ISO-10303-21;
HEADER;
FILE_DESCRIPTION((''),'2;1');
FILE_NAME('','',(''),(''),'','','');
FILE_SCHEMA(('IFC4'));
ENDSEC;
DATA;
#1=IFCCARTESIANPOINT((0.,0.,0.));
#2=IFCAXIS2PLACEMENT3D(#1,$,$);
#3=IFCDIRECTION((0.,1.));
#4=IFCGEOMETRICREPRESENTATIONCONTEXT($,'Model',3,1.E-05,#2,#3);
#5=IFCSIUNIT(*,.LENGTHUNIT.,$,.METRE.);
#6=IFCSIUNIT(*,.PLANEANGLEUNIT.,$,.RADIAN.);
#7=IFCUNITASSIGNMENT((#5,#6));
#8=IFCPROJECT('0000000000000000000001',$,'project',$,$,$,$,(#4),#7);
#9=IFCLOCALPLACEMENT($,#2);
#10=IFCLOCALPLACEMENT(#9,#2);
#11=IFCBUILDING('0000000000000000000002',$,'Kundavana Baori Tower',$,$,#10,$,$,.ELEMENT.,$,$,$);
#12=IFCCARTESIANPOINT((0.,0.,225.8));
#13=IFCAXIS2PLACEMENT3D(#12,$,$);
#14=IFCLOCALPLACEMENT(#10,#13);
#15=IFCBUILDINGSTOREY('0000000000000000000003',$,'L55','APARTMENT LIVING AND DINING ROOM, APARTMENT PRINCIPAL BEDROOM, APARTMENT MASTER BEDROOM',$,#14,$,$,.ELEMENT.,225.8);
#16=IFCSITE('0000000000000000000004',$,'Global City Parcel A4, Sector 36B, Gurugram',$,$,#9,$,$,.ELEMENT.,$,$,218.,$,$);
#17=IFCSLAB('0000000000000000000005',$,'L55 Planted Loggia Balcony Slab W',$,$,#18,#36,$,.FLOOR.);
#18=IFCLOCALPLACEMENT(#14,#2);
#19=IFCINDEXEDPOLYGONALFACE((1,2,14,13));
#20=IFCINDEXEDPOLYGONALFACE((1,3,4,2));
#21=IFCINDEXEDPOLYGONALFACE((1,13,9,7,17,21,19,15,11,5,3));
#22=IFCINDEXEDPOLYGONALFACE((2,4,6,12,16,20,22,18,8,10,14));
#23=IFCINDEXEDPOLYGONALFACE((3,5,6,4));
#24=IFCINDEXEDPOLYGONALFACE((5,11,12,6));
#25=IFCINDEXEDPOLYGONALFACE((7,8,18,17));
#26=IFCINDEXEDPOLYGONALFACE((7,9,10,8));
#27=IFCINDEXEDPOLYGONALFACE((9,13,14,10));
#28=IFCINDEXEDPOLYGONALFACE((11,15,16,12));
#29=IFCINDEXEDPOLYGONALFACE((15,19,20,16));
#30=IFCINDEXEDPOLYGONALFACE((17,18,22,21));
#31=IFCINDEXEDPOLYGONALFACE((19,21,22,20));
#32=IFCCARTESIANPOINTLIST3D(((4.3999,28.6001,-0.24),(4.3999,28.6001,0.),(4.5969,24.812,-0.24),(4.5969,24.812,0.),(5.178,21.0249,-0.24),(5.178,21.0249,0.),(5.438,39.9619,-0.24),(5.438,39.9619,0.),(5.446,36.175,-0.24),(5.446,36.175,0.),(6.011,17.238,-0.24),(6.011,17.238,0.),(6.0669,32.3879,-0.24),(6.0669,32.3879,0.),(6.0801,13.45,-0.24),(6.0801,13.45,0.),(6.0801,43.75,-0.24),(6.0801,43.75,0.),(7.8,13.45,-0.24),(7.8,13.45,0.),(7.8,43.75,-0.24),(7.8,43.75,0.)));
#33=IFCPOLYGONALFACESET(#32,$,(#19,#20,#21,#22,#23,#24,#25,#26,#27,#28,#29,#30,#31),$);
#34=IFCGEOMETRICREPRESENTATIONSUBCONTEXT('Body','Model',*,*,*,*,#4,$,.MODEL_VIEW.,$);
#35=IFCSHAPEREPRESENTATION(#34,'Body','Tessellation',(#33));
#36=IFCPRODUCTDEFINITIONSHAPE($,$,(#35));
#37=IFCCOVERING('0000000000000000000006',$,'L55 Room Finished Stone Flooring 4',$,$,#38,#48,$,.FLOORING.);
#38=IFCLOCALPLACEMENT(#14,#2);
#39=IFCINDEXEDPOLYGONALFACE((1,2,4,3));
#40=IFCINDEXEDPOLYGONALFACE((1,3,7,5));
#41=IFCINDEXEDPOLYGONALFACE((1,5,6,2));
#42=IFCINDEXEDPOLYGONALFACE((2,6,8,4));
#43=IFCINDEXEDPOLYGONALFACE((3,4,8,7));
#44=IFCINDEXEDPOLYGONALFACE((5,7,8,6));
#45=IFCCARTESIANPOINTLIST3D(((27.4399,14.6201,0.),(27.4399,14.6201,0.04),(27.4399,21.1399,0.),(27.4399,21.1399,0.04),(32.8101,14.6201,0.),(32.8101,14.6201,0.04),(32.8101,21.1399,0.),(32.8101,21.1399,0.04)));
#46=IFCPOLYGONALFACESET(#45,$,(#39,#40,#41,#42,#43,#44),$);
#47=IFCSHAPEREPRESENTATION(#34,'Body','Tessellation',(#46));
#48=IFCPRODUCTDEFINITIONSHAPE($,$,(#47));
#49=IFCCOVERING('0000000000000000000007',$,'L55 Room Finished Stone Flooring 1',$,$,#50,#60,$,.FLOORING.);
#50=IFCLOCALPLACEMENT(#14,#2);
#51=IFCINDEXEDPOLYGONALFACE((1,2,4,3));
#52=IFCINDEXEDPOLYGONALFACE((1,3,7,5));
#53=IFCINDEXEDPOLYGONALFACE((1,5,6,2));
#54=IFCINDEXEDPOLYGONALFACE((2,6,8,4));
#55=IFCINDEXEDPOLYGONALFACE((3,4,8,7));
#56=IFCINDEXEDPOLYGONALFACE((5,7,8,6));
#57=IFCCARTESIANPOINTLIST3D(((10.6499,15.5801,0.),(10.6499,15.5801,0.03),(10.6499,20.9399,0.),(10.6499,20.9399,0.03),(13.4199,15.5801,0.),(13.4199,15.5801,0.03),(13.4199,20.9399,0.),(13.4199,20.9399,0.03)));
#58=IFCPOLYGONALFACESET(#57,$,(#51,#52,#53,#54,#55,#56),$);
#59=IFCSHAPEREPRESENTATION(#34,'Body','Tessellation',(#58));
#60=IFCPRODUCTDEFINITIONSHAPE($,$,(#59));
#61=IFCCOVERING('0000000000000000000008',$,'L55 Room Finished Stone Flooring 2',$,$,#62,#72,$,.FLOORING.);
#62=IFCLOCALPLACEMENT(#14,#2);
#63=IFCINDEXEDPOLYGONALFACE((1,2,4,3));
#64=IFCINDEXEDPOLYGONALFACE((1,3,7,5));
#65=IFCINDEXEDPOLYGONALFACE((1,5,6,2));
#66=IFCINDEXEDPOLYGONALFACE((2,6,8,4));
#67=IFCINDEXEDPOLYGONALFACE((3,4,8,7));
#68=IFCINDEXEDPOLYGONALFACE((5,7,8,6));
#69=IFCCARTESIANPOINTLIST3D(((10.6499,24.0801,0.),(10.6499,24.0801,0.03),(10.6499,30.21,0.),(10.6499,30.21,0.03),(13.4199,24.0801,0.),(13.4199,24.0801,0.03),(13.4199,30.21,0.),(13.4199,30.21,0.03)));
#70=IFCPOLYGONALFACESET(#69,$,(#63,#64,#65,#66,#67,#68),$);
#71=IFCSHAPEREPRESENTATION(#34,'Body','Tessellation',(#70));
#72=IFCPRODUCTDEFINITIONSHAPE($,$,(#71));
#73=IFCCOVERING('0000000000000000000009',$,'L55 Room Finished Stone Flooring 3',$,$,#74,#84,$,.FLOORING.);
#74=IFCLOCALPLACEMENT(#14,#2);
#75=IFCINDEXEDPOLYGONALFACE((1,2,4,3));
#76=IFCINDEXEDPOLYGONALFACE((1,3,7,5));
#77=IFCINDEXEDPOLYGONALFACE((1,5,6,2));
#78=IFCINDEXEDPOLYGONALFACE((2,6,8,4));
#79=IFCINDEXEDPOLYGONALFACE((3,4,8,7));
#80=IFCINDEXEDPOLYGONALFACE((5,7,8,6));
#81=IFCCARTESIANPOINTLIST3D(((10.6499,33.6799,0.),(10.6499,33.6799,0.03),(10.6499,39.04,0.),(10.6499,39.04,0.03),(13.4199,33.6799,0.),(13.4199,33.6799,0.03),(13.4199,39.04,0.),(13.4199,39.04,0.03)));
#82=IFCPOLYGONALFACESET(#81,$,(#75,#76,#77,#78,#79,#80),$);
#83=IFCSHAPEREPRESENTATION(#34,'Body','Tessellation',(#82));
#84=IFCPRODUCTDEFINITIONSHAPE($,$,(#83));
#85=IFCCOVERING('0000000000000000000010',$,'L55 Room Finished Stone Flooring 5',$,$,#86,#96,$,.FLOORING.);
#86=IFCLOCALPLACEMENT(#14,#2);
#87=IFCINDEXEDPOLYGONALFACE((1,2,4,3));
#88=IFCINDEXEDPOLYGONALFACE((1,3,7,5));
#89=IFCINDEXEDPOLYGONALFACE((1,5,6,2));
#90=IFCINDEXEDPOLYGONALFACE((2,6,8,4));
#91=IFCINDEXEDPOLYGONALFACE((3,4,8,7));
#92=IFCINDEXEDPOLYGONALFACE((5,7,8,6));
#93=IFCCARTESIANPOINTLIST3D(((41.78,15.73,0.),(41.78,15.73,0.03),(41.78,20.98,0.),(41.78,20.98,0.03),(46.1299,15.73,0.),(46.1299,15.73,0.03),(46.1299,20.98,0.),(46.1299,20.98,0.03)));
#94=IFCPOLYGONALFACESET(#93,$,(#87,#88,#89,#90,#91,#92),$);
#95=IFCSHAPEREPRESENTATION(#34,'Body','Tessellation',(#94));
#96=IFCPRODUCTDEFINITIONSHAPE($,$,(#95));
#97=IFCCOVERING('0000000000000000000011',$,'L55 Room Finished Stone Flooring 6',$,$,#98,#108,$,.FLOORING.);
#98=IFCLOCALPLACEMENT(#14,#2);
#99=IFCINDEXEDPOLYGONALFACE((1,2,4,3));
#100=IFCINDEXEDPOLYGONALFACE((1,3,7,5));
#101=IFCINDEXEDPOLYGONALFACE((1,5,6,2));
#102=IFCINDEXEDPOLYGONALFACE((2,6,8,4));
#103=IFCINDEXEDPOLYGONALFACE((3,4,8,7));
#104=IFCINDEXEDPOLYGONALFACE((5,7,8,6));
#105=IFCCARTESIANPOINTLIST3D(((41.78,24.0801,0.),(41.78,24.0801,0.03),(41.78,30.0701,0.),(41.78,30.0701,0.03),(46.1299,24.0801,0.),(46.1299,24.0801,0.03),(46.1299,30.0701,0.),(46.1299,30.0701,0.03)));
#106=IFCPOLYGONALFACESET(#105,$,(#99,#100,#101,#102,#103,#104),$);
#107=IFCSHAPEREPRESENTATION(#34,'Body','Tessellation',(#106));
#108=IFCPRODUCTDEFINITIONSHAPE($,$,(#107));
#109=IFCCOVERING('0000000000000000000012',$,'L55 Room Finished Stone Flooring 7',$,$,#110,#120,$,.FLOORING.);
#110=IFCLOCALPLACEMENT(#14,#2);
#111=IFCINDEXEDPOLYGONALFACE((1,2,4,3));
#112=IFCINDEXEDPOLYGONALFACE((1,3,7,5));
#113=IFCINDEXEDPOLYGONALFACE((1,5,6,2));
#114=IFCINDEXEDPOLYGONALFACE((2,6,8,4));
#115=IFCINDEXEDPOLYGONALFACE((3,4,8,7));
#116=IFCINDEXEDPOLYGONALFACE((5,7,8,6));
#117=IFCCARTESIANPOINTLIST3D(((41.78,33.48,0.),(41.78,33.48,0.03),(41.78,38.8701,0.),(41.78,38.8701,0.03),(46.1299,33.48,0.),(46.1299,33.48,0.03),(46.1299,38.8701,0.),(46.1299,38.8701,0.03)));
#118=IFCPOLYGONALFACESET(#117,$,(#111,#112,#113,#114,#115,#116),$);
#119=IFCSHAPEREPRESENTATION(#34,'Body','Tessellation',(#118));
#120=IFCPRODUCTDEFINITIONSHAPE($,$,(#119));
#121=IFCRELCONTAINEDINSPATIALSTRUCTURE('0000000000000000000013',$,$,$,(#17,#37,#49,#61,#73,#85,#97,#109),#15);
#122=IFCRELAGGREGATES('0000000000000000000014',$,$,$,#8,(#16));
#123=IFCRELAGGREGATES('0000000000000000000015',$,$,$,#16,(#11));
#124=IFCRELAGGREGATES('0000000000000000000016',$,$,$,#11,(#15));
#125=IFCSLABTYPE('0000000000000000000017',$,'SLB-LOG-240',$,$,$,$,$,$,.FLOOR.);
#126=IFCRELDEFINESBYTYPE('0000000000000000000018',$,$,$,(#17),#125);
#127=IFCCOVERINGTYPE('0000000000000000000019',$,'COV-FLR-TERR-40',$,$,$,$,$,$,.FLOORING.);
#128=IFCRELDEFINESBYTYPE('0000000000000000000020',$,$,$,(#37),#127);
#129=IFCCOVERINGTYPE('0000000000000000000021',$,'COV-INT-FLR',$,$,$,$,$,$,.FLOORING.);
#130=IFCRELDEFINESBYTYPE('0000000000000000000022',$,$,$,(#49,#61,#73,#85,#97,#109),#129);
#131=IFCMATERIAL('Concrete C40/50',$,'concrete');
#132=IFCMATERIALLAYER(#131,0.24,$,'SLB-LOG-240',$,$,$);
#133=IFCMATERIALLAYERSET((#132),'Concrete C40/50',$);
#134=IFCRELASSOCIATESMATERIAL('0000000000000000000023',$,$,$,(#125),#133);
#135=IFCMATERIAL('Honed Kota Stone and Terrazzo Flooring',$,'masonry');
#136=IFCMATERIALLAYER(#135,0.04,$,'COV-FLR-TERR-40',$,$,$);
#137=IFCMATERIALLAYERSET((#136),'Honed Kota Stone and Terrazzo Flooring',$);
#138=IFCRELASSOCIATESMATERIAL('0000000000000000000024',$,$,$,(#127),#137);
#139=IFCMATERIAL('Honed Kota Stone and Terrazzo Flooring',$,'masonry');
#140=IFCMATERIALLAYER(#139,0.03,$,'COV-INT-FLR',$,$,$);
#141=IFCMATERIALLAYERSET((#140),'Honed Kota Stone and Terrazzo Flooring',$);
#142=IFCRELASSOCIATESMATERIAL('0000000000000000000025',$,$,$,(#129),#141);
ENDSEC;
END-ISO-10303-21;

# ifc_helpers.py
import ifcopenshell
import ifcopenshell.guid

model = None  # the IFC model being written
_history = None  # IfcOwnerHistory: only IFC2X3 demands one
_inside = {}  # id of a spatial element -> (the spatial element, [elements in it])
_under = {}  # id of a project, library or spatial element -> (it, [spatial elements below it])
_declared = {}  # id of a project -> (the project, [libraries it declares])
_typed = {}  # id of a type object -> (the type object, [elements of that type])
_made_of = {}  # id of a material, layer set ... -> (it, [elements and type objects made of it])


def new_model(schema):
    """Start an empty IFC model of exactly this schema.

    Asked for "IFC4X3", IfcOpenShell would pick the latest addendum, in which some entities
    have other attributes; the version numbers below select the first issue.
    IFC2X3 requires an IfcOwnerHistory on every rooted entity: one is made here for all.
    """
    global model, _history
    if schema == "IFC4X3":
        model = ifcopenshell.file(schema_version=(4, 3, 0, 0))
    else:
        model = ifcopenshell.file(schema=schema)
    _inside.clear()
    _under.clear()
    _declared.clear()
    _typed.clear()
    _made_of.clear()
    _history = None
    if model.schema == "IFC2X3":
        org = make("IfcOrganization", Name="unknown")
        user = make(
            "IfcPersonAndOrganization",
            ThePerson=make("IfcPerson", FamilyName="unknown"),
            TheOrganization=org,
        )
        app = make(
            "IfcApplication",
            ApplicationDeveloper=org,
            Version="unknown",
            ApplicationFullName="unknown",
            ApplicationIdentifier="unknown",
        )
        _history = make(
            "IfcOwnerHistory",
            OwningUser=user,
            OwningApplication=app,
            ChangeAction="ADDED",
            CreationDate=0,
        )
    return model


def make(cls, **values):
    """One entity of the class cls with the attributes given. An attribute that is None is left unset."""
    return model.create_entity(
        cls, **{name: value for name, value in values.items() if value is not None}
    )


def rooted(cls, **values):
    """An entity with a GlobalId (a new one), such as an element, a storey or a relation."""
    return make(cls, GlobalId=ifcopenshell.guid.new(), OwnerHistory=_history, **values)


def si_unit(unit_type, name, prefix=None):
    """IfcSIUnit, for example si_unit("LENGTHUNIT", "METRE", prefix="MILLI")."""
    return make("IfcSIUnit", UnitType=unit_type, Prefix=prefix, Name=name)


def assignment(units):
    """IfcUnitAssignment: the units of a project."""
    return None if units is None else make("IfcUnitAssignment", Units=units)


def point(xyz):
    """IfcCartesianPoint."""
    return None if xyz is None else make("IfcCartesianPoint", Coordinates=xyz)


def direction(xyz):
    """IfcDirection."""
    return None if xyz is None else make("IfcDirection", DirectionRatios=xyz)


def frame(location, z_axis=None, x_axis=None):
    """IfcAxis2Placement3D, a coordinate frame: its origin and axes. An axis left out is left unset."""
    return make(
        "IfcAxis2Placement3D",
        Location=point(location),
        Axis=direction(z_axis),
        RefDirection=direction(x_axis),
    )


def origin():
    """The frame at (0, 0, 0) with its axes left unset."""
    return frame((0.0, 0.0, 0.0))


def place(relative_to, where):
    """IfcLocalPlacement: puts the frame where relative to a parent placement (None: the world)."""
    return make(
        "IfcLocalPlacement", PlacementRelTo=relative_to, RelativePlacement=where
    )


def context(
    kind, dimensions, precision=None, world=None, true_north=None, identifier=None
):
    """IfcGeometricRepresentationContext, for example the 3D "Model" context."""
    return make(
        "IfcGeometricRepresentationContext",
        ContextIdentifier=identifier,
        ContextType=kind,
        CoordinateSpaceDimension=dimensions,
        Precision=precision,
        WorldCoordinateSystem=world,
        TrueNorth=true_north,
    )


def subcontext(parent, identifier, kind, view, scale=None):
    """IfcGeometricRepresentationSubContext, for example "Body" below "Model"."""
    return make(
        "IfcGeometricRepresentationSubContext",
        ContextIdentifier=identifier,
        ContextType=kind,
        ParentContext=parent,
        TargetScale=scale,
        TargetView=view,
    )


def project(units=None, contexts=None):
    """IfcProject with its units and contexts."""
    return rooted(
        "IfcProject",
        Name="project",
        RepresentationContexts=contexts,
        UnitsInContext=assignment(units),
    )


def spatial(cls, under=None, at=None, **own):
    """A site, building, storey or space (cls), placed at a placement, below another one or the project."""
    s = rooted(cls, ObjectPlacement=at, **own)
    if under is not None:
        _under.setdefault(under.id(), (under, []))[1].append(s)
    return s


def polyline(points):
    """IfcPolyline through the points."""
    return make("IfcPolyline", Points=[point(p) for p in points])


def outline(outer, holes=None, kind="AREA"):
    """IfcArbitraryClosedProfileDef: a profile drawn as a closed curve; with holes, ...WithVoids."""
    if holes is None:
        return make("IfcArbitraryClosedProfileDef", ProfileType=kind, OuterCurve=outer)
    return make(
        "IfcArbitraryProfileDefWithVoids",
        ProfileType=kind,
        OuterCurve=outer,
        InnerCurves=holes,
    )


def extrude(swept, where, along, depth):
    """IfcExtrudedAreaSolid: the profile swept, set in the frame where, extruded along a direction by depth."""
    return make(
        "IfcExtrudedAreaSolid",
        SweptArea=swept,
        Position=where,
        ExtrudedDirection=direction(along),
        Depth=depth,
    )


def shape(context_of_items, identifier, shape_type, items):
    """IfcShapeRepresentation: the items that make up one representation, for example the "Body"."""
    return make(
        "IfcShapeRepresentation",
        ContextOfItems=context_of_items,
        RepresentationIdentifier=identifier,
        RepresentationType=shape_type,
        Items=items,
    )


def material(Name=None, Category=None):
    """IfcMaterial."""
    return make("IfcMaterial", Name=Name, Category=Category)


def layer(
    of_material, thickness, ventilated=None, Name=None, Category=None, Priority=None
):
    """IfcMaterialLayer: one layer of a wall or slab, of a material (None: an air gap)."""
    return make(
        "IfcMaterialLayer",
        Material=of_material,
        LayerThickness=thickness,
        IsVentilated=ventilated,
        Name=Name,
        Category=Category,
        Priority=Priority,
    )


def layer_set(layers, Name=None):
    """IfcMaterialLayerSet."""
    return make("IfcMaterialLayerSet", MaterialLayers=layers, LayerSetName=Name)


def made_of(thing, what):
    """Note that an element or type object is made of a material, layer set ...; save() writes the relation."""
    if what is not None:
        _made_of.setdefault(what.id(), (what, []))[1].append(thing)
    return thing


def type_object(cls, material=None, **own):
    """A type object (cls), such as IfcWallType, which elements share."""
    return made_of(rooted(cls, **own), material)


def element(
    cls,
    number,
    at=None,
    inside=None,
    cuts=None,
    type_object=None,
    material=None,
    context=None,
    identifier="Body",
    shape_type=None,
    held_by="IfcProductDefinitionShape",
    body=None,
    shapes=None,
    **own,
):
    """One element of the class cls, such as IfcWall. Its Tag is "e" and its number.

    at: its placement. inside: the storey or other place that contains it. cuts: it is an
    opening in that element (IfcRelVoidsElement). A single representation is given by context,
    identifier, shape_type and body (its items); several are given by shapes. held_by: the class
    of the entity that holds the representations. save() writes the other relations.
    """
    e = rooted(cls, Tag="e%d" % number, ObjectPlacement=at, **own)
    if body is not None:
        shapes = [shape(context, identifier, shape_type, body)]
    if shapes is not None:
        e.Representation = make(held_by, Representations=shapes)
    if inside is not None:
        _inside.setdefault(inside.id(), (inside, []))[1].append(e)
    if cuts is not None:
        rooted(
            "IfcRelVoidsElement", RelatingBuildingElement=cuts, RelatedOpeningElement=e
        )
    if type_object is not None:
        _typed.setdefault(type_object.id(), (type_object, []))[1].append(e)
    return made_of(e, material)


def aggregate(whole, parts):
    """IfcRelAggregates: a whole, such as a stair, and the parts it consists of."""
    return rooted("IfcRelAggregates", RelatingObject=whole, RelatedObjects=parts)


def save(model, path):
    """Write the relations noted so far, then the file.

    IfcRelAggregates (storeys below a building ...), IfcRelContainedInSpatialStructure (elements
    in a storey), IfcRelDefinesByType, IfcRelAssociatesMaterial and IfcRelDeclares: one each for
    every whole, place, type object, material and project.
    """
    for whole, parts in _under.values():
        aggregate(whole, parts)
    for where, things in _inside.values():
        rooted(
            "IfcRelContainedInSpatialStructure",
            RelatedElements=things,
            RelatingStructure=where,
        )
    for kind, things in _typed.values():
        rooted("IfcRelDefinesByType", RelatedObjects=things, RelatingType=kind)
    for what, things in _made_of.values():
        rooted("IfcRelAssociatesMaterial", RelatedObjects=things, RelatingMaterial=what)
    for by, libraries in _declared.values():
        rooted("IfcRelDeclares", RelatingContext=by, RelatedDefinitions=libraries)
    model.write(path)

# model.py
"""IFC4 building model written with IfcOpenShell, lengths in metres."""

from ifc_helpers import new_model, si_unit, direction, frame, origin, place, context, subcontext, project, spatial, polyline, outline, extrude, material, layer, layer_set, type_object, element, save


model = new_model("IFC4")

# Units and contexts
model_context = context("Model", 3, precision=1e-05, world=origin(), true_north=direction((0.0, 1.0)))
body_context = subcontext(model_context, "Body", "Model", "MODEL_VIEW")
ifc_project = project(units=[si_unit("LENGTHUNIT", "METRE"), si_unit("PLANEANGLEUNIT", "RADIAN")], contexts=[model_context])

# Site, building, storey
site_placement = place(None, origin())
site = spatial("IfcSite", under=ifc_project, at=site_placement, Name="Global City Parcel A4, Sector 36B, Gurugram", CompositionType="ELEMENT", RefElevation=218.0)
building_placement = place(site_placement, origin())
building = spatial("IfcBuilding", under=site, at=building_placement, Name="Kundavana Baori Tower", CompositionType="ELEMENT")
storey_placement = place(building_placement, frame((0.0, 0.0, 225.8)))
storey = spatial("IfcBuildingStorey", under=building, at=storey_placement, Name="L55", Description="APARTMENT LIVING AND DINING ROOM, APARTMENT PRINCIPAL BEDROOM, APARTMENT MASTER BEDROOM", CompositionType="ELEMENT", Elevation=225.8)

# Slab
ifc_material_1 = material(Name="Concrete C40/50", Category="concrete")
ifc_layer_1 = layer(ifc_material_1, 0.24, Name="SLB-LOG-240")
ifc_layer_set_1 = layer_set([ifc_layer_1], Name="Concrete C40/50")
slab_type_1 = type_object("IfcSlabType", Name="SLB-LOG-240", PredefinedType="FLOOR", material=ifc_layer_set_1)
slab_1_placement = place(storey_placement, frame((0.0, 0.0, -0.24)))
element("IfcSlab", 1, at=slab_1_placement, inside=storey, type_object=slab_type_1, Name="L55 Planted Loggia Balcony Slab W", PredefinedType="FLOOR", context=body_context, shape_type="SweptSolid", body=[
    extrude(outline(polyline([(7.8, 43.75), (7.8, 13.45), (6.0801, 13.45), (6.011, 17.238), (5.178, 21.0249), (4.5969, 24.812), (4.3999, 28.6001), (6.0669, 32.3879), (5.446, 36.175), (5.438, 39.9619), (6.0801, 43.75), (7.8, 43.75)])), origin(), (0.0, 0.0, 1.0), 0.24),
])

# Coverings
ifc_material_2 = material(Name="Honed Kota Stone and Terrazzo Flooring", Category="masonry")
ifc_layer_2 = layer(ifc_material_2, 0.04, Name="COV-FLR-TERR-40")
ifc_layer_set_2 = layer_set([ifc_layer_2], Name="Honed Kota Stone and Terrazzo Flooring")
covering_type_1 = type_object("IfcCoveringType", Name="COV-FLR-TERR-40", PredefinedType="FLOORING", material=ifc_layer_set_2)
covering_1_placement = place(storey_placement, origin())
element("IfcCovering", 2, at=covering_1_placement, inside=storey, type_object=covering_type_1, Name="L55 Room Finished Stone Flooring 4", PredefinedType="FLOORING", context=body_context, shape_type="SweptSolid", body=[
    extrude(outline(polyline([(27.4399, 14.6201), (32.8101, 14.6201), (32.8101, 21.1399), (27.4399, 21.1399), (27.4399, 14.6201)])), origin(), (0.0, 0.0, 1.0), 0.04),
])
ifc_material_3 = material(Name="Honed Kota Stone and Terrazzo Flooring", Category="masonry")
ifc_layer_3 = layer(ifc_material_3, 0.03, Name="COV-INT-FLR")
ifc_layer_set_3 = layer_set([ifc_layer_3], Name="Honed Kota Stone and Terrazzo Flooring")
covering_type_2 = type_object("IfcCoveringType", Name="COV-INT-FLR", PredefinedType="FLOORING", material=ifc_layer_set_3)
covering_2_placement = place(storey_placement, origin())
element("IfcCovering", 3, at=covering_2_placement, inside=storey, type_object=covering_type_2, Name="L55 Room Finished Stone Flooring 1", PredefinedType="FLOORING", context=body_context, shape_type="SweptSolid", body=[
    extrude(outline(polyline([(10.6499, 15.5801), (13.4199, 15.5801), (13.4199, 20.9399), (10.6499, 20.9399), (10.6499, 15.5801)])), origin(), (0.0, 0.0, 1.0), 0.03),
])
covering_3_placement = place(storey_placement, origin())
element("IfcCovering", 4, at=covering_3_placement, inside=storey, type_object=covering_type_2, Name="L55 Room Finished Stone Flooring 2", PredefinedType="FLOORING", context=body_context, shape_type="SweptSolid", body=[
    extrude(outline(polyline([(10.6499, 24.0801), (13.4199, 24.0801), (13.4199, 30.21), (10.6499, 30.21), (10.6499, 24.0801)])), origin(), (0.0, 0.0, 1.0), 0.03),
])
covering_4_placement = place(storey_placement, origin())
element("IfcCovering", 5, at=covering_4_placement, inside=storey, type_object=covering_type_2, Name="L55 Room Finished Stone Flooring 3", PredefinedType="FLOORING", context=body_context, shape_type="SweptSolid", body=[
    extrude(outline(polyline([(10.6499, 33.6799), (13.4199, 33.6799), (13.4199, 39.04), (10.6499, 39.04), (10.6499, 33.6799)])), origin(), (0.0, 0.0, 1.0), 0.03),
])
covering_5_placement = place(storey_placement, origin())
element("IfcCovering", 6, at=covering_5_placement, inside=storey, type_object=covering_type_2, Name="L55 Room Finished Stone Flooring 5", PredefinedType="FLOORING", context=body_context, shape_type="SweptSolid", body=[
    extrude(outline(polyline([(41.78, 15.73), (46.1299, 15.73), (46.1299, 20.98), (41.78, 20.98), (41.78, 15.73)])), origin(), (0.0, 0.0, 1.0), 0.03),
])
covering_6_placement = place(storey_placement, origin())
element("IfcCovering", 7, at=covering_6_placement, inside=storey, type_object=covering_type_2, Name="L55 Room Finished Stone Flooring 6", PredefinedType="FLOORING", context=body_context, shape_type="SweptSolid", body=[
    extrude(outline(polyline([(41.78, 24.0801), (46.1299, 24.0801), (46.1299, 30.0701), (41.78, 30.0701), (41.78, 24.0801)])), origin(), (0.0, 0.0, 1.0), 0.03),
])
covering_7_placement = place(storey_placement, origin())
element("IfcCovering", 8, at=covering_7_placement, inside=storey, type_object=covering_type_2, Name="L55 Room Finished Stone Flooring 7", PredefinedType="FLOORING", context=body_context, shape_type="SweptSolid", body=[
    extrude(outline(polyline([(41.78, 33.48), (46.1299, 33.48), (46.1299, 38.8701), (41.78, 38.8701), (41.78, 33.48)])), origin(), (0.0, 0.0, 1.0), 0.03),
])

save(model, "model.ifc")
